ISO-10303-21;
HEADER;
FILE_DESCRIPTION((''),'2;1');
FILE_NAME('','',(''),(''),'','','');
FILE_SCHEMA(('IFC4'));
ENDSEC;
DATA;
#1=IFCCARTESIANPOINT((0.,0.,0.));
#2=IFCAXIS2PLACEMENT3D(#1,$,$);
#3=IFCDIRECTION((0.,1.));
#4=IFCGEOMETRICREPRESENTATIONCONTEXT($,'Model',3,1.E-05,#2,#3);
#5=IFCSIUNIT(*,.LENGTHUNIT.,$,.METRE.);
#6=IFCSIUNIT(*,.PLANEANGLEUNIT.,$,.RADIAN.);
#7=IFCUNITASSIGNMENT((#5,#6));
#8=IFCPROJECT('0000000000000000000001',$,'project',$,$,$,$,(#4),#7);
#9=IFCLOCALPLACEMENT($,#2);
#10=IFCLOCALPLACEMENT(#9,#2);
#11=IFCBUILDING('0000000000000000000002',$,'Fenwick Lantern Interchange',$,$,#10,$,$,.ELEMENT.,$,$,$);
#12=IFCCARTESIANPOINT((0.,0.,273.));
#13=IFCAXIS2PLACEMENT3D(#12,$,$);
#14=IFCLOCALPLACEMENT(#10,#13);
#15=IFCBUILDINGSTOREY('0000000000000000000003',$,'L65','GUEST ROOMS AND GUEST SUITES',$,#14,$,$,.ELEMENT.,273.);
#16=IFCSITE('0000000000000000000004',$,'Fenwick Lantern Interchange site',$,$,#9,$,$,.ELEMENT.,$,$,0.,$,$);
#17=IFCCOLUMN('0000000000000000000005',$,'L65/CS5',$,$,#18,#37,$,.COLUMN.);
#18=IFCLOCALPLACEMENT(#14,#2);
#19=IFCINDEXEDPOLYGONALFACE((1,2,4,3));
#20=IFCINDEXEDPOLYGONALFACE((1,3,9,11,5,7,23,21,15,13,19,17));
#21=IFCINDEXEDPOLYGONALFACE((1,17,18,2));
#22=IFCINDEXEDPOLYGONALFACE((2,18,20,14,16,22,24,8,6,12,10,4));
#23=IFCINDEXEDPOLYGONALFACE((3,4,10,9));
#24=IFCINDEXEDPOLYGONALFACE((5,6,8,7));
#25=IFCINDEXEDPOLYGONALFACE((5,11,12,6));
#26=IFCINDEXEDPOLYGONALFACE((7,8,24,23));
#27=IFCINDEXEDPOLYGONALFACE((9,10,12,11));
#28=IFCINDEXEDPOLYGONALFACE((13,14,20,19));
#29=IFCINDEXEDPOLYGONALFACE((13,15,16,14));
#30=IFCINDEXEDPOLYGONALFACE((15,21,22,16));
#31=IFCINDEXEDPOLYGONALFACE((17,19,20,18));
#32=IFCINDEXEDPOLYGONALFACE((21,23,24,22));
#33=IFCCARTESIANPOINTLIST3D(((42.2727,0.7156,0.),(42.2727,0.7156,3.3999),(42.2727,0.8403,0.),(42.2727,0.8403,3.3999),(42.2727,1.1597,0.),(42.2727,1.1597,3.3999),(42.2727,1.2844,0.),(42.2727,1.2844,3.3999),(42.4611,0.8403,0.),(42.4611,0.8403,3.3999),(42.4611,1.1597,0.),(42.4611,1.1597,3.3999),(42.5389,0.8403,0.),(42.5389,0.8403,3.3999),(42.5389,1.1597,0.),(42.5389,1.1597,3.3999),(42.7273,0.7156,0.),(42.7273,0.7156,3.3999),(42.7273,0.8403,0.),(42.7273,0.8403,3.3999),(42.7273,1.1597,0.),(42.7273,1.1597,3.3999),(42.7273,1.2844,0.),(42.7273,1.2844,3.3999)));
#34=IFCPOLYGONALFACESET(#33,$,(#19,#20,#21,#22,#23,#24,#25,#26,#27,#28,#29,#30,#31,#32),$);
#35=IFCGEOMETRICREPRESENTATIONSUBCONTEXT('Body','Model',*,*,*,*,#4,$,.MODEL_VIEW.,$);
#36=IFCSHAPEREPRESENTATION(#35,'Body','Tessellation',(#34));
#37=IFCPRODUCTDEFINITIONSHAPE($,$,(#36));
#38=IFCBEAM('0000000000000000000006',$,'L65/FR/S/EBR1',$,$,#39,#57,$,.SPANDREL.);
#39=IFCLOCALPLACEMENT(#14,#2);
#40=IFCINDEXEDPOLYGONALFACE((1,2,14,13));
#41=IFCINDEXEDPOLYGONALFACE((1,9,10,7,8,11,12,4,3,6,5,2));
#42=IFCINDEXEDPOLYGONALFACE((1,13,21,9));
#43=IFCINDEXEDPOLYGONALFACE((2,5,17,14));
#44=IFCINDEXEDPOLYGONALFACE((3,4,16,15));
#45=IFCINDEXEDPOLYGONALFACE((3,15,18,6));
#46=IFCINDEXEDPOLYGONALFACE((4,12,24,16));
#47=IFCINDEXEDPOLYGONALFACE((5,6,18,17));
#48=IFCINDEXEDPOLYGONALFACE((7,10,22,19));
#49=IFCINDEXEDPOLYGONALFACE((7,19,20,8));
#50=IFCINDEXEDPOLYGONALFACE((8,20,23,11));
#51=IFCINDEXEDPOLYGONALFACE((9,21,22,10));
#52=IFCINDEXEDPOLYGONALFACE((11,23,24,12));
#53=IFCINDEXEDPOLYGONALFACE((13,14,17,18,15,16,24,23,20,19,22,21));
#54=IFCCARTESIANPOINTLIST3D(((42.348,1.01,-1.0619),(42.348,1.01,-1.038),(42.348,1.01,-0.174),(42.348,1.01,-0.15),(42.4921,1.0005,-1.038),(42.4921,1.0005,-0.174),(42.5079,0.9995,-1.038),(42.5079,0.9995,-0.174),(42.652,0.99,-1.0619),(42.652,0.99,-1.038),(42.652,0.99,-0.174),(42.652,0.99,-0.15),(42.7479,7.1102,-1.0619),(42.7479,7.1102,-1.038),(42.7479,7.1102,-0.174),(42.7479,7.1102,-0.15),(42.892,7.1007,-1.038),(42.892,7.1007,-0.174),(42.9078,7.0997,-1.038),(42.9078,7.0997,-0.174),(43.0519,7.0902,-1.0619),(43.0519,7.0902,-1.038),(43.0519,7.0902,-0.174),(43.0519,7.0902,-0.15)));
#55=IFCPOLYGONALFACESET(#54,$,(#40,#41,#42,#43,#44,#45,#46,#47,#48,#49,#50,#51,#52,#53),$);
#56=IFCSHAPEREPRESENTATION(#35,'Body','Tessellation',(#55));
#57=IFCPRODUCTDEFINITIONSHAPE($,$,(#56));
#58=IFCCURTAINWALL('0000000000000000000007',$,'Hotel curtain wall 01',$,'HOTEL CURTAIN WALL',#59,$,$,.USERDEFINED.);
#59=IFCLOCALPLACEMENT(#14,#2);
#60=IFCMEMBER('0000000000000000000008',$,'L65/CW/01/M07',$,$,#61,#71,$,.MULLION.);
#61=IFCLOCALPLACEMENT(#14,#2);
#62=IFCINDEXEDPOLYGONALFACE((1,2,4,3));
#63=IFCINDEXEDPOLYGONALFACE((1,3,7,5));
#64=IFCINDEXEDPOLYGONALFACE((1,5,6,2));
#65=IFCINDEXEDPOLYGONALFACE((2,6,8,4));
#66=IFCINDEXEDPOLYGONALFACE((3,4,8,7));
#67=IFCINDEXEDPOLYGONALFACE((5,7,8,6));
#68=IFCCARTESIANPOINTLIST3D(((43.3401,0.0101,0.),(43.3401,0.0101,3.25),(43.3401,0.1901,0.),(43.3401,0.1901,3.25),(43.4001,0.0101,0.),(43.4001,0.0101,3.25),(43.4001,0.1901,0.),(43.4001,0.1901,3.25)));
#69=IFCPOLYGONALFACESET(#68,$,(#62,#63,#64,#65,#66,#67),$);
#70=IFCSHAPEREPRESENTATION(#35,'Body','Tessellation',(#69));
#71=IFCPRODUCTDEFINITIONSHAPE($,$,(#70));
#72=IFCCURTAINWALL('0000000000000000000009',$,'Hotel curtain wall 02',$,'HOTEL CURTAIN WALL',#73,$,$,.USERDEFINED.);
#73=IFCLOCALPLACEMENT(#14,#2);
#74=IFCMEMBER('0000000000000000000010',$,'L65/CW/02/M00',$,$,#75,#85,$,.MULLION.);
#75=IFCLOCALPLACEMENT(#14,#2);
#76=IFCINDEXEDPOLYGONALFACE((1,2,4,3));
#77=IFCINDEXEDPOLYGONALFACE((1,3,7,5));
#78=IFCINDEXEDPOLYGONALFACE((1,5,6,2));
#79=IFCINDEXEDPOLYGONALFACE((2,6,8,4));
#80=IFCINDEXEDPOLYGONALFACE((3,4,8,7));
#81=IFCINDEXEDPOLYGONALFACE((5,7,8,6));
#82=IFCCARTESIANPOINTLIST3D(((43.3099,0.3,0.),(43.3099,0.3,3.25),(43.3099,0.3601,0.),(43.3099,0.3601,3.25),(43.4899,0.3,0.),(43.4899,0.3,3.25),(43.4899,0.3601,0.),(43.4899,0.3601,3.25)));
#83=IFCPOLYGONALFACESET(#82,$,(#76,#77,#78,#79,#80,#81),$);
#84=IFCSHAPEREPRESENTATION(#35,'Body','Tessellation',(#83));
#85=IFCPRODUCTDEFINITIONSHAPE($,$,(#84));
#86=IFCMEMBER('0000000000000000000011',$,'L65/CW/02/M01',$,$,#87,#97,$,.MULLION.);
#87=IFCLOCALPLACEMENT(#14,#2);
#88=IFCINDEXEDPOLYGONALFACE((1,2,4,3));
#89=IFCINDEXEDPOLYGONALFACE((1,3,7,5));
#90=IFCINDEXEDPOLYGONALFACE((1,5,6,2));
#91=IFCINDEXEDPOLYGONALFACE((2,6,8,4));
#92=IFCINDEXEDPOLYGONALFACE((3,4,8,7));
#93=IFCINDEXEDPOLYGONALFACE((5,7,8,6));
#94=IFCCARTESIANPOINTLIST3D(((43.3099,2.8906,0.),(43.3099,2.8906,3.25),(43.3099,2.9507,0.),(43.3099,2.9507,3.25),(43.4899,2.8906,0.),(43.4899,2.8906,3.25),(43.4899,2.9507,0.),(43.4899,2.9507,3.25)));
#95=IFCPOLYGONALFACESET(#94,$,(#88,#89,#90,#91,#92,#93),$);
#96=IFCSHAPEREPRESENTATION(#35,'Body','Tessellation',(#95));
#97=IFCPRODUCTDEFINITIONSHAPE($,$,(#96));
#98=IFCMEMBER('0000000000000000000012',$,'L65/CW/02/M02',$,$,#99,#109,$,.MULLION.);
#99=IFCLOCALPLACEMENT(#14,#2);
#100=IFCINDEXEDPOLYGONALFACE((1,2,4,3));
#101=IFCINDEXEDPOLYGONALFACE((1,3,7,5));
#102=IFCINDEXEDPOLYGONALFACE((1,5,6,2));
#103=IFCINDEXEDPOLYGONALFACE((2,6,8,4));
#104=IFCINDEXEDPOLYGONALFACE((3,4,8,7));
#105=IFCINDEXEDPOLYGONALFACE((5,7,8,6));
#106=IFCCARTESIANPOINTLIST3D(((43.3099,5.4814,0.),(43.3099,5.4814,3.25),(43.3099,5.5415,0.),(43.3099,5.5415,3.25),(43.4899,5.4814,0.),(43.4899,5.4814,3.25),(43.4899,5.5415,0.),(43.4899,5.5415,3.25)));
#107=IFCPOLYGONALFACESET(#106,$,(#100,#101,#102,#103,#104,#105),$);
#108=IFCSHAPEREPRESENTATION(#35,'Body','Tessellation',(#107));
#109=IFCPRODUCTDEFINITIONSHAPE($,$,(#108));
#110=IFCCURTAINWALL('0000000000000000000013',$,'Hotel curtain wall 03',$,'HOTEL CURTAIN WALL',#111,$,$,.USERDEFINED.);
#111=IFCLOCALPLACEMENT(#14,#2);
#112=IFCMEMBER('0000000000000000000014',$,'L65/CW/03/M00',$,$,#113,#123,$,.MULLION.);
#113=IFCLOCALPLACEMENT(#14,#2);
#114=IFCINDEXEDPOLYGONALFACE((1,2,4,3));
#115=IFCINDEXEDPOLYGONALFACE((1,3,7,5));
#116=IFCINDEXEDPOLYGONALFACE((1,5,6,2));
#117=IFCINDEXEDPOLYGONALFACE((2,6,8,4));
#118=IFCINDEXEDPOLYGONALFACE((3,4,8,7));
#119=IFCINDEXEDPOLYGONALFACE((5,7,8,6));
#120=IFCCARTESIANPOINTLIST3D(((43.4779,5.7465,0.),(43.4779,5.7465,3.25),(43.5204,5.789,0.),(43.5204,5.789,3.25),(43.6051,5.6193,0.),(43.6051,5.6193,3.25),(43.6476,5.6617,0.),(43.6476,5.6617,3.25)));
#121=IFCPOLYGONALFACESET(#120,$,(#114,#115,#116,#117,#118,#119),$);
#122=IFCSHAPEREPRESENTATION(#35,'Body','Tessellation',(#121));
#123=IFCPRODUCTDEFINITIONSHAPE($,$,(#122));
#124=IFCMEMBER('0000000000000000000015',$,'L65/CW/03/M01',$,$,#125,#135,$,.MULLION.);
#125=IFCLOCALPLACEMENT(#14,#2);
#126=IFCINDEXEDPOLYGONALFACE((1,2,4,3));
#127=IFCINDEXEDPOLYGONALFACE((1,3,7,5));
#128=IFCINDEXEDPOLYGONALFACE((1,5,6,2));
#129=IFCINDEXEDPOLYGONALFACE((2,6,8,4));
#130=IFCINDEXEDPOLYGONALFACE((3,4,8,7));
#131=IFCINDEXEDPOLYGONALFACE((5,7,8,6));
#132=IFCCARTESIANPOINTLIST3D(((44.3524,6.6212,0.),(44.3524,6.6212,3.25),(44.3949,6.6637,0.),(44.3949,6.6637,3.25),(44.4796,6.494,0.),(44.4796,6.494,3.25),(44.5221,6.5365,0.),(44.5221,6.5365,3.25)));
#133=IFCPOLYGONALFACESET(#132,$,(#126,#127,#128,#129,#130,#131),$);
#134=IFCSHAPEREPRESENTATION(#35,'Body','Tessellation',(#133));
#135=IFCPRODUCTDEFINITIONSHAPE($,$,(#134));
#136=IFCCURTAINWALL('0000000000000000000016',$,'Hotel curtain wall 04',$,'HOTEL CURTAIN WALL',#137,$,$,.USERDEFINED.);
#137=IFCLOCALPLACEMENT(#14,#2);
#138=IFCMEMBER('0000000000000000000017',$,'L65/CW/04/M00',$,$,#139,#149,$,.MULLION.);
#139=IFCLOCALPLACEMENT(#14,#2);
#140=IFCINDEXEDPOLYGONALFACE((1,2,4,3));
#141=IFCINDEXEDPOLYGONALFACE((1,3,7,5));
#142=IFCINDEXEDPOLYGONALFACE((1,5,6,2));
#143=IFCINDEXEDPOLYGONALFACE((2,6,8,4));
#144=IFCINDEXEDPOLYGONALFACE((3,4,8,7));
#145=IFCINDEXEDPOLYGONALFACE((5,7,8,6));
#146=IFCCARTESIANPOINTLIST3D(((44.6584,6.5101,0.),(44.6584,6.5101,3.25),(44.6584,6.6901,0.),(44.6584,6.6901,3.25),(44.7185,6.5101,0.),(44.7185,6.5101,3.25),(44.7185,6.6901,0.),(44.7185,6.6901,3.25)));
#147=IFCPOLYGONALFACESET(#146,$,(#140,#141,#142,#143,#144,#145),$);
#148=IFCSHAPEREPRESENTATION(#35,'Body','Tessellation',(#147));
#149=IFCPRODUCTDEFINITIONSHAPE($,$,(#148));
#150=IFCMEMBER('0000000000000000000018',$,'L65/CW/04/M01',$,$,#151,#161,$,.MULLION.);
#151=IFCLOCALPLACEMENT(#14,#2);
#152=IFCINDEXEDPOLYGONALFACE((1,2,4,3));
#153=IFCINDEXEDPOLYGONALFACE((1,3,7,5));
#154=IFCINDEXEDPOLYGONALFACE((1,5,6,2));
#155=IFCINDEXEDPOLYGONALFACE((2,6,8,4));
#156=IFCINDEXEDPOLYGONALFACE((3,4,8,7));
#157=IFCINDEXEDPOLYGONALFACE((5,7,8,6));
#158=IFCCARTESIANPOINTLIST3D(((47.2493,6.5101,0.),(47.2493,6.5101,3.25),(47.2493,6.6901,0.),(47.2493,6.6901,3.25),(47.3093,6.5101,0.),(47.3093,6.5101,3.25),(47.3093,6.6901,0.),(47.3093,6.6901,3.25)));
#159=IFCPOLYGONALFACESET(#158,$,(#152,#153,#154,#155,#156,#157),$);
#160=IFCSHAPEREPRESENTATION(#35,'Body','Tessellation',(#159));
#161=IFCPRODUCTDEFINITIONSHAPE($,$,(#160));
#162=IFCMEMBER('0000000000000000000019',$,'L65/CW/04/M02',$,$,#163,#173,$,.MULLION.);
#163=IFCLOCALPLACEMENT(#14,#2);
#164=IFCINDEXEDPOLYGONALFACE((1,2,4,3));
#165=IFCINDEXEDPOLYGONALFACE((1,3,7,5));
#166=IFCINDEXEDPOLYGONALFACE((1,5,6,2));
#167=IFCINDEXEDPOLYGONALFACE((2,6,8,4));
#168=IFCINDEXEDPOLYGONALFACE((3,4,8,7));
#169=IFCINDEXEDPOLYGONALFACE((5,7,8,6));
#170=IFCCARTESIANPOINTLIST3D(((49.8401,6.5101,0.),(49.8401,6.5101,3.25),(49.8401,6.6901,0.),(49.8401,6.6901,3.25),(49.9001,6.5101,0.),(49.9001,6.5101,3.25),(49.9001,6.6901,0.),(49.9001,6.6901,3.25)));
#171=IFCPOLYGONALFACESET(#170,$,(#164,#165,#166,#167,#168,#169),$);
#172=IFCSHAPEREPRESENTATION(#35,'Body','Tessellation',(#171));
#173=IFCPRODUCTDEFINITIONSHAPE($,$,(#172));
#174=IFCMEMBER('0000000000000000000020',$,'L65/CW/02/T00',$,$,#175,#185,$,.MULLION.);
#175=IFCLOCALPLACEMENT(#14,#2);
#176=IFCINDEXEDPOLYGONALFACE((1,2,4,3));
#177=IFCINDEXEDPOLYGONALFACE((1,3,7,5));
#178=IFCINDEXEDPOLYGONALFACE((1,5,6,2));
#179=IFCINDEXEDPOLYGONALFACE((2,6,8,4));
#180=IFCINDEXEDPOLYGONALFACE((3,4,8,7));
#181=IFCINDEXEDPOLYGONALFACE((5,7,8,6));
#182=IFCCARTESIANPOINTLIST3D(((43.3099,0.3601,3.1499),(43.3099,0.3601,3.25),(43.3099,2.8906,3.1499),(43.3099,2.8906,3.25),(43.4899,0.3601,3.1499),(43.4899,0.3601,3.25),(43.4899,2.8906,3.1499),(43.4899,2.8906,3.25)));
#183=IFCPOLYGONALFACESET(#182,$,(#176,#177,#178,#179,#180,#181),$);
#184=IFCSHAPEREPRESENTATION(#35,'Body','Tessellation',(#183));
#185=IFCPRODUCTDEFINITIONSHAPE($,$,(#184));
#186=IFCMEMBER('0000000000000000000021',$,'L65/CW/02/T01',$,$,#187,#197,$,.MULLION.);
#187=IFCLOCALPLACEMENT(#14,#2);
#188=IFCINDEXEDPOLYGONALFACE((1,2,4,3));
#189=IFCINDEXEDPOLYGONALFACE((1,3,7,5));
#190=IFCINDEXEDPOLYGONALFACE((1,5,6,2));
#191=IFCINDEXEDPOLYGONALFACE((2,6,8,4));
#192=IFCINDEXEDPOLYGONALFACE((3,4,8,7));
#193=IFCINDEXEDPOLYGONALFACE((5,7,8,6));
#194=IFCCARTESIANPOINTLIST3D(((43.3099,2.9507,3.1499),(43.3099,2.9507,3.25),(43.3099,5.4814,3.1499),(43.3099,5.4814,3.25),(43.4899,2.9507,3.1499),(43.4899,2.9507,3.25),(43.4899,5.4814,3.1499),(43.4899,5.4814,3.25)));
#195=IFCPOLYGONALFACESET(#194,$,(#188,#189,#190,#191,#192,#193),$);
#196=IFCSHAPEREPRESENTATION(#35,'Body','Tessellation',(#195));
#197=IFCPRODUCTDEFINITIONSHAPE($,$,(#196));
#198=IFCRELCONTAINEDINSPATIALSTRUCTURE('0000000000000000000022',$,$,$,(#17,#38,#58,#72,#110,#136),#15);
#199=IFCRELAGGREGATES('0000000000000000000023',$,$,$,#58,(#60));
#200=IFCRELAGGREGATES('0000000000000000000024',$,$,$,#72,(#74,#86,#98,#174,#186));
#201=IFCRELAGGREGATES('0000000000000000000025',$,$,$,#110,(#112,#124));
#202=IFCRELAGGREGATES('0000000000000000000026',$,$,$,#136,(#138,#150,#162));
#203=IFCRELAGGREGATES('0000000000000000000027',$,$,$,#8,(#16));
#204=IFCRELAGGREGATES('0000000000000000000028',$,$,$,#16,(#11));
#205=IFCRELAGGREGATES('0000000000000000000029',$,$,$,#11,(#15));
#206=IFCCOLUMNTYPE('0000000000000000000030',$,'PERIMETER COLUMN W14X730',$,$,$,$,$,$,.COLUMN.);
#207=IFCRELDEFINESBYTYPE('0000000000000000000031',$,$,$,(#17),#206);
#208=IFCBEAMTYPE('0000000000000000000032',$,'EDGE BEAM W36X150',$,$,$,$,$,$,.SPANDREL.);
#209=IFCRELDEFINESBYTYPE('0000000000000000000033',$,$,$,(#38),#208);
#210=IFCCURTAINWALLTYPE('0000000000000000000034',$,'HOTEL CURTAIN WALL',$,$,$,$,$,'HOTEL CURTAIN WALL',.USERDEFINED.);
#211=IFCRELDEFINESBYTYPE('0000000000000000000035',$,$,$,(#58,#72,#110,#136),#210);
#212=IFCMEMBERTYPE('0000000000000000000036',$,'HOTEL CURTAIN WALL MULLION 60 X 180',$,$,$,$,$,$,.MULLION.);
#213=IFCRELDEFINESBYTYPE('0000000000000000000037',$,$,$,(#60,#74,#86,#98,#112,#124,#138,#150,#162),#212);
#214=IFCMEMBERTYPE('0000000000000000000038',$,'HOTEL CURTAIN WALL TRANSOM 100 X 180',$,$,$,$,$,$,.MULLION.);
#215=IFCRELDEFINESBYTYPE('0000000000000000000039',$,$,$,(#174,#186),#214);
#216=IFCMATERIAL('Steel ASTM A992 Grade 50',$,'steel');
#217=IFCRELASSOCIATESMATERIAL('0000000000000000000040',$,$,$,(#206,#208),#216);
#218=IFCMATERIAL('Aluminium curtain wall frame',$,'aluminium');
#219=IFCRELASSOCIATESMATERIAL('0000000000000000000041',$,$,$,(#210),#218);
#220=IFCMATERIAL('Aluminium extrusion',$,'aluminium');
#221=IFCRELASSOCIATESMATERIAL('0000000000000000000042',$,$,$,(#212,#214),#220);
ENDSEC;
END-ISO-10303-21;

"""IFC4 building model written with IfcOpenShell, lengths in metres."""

from ifc_helpers import new_model, si_unit, direction, frame, origin, origin_2d, place, context, subcontext, project, spatial, rectangle, i_section, extrude, material, material_profile, profile_set, type_object, element, aggregate, save


model = new_model("IFC4")

# Units and contexts
model_context = context("Model", 3, precision=1e-05, world=origin(), true_north=direction((0.0, 1.0)))
body_context = subcontext(model_context, "Body", "Model", "MODEL_VIEW")
ifc_project = project(units=[si_unit("LENGTHUNIT", "METRE"), si_unit("PLANEANGLEUNIT", "RADIAN")], contexts=[model_context])

# Site, building, storey
site_placement = place(None, origin())
site = spatial("IfcSite", under=ifc_project, at=site_placement, Name="Fenwick Lantern Interchange site", CompositionType="ELEMENT", RefElevation=0.0)
building_placement = place(site_placement, origin())
building = spatial("IfcBuilding", under=site, at=building_placement, Name="Fenwick Lantern Interchange", CompositionType="ELEMENT")
storey_placement = place(building_placement, frame((0.0, 0.0, 273.0)))
storey = spatial("IfcBuildingStorey", under=building, at=storey_placement, Name="L65", Description="GUEST ROOMS AND GUEST SUITES", CompositionType="ELEMENT", Elevation=273.0)

# Column
ifc_material_1 = material(Name="Steel ASTM A992 Grade 50", Category="steel")
ifc_material_profile_1 = material_profile(ifc_material_1, i_section(OverallWidth=0.4546, OverallDepth=0.5688, WebThickness=0.0779, FlangeThickness=0.1248, at=origin_2d()), Name="W14X730")
ifc_profile_set_1 = profile_set([ifc_material_profile_1], Name="Steel ASTM A992 Grade 50")
column_type = type_object("IfcColumnType", Name="PERIMETER COLUMN W14X730", PredefinedType="COLUMN", material=ifc_profile_set_1)
column_placement = place(storey_placement, frame((42.5, 1.0, 0.0), z_axis=(0.0, 0.0, 1.0), x_axis=(1.0, 0.0, 0.0)))
element("IfcColumn", 1, at=column_placement, inside=storey, type_object=column_type, Name="L65/CS5", PredefinedType="COLUMN", context=body_context, shape_type="SweptSolid", body=[
    extrude(i_section(OverallWidth=0.4546, OverallDepth=0.5688, WebThickness=0.0779, FlangeThickness=0.1248, at=origin_2d()), origin(), (0.0, 0.0, 1.0), 3.3999),
])

# Beam
ifc_material_profile_2 = material_profile(ifc_material_1, i_section(OverallWidth=0.3047, OverallDepth=0.9119, WebThickness=0.0159, FlangeThickness=0.0239, at=origin_2d()), Name="W36X150")
ifc_profile_set_2 = profile_set([ifc_material_profile_2], Name="Steel ASTM A992 Grade 50")
beam_type = type_object("IfcBeamType", Name="EDGE BEAM W36X150", PredefinedType="SPANDREL", material=ifc_profile_set_2)
beam_placement = place(storey_placement, frame((42.5, 1.0, -0.606), z_axis=(0.065416, 0.997858, 0.0), x_axis=(-0.997858, 0.065416, 0.0)))
element("IfcBeam", 2, at=beam_placement, inside=storey, type_object=beam_type, Name="L65/FR/S/EBR1", PredefinedType="SPANDREL", context=body_context, shape_type="SweptSolid", body=[
    extrude(i_section(OverallWidth=0.3047, OverallDepth=0.9119, WebThickness=0.0159, FlangeThickness=0.0239, at=origin_2d()), origin(), (0.0, 0.0, 1.0), 6.1133),
])

# Curtain wall, member
ifc_material_2 = material(Name="Aluminium curtain wall frame", Category="aluminium")
curtain_wall_type = type_object("IfcCurtainWallType", Name="HOTEL CURTAIN WALL", ElementType="HOTEL CURTAIN WALL", PredefinedType="USERDEFINED", material=ifc_material_2)
curtain_wall_1_placement = place(storey_placement, origin())
curtain_wall_1 = element("IfcCurtainWall", 3, at=curtain_wall_1_placement, inside=storey, type_object=curtain_wall_type, Name="Hotel curtain wall 01", ObjectType="HOTEL CURTAIN WALL", PredefinedType="USERDEFINED")
ifc_material_3 = material(Name="Aluminium extrusion", Category="aluminium")
ifc_material_profile_3 = material_profile(ifc_material_3, rectangle(XDim=0.1799, YDim=0.0601, at=origin_2d()), Name="HOTEL CURTAIN WALL MULLION 60 X 180")
ifc_profile_set_3 = profile_set([ifc_material_profile_3], Name="Aluminium extrusion")
member_type_1 = type_object("IfcMemberType", Name="HOTEL CURTAIN WALL MULLION 60 X 180", PredefinedType="MULLION", material=ifc_profile_set_3)
member_1_placement = place(storey_placement, frame((43.3701, 0.1001, 0.0), z_axis=(0.0, 0.0, 1.0), x_axis=(0.0, 1.0, 0.0)))
member_1 = element("IfcMember", 4, at=member_1_placement, type_object=member_type_1, Name="L65/CW/01/M07", PredefinedType="MULLION", context=body_context, shape_type="SweptSolid", body=[
    extrude(rectangle(XDim=0.1799, YDim=0.0601, at=origin_2d()), origin(), (0.0, 0.0, 1.0), 3.25),
])
aggregate(curtain_wall_1, [member_1])

# Curtain walls, members
curtain_wall_2_placement = place(storey_placement, origin())
curtain_wall_2 = element("IfcCurtainWall", 5, at=curtain_wall_2_placement, inside=storey, type_object=curtain_wall_type, Name="Hotel curtain wall 02", ObjectType="HOTEL CURTAIN WALL", PredefinedType="USERDEFINED")
member_2_placement = place(storey_placement, frame((43.3999, 0.3301, 0.0), z_axis=(0.0, 0.0, 1.0), x_axis=(-1.0, 0.0, 0.0)))
member_2 = element("IfcMember", 6, at=member_2_placement, type_object=member_type_1, Name="L65/CW/02/M00", PredefinedType="MULLION", context=body_context, shape_type="SweptSolid", body=[
    extrude(rectangle(XDim=0.1799, YDim=0.0601, at=origin_2d()), origin(), (0.0, 0.0, 1.0), 3.25),
])
member_3_placement = place(storey_placement, frame((43.3999, 2.9207, 0.0), z_axis=(0.0, 0.0, 1.0), x_axis=(-1.0, 0.0, 0.0)))
member_3 = element("IfcMember", 7, at=member_3_placement, type_object=member_type_1, Name="L65/CW/02/M01", PredefinedType="MULLION", context=body_context, shape_type="SweptSolid", body=[
    extrude(rectangle(XDim=0.1799, YDim=0.0601, at=origin_2d()), origin(), (0.0, 0.0, 1.0), 3.25),
])
member_4_placement = place(storey_placement, frame((43.3999, 5.5115, 0.0), z_axis=(0.0, 0.0, 1.0), x_axis=(-1.0, 0.0, 0.0)))
member_4 = element("IfcMember", 8, at=member_4_placement, type_object=member_type_1, Name="L65/CW/02/M02", PredefinedType="MULLION", context=body_context, shape_type="SweptSolid", body=[
    extrude(rectangle(XDim=0.1799, YDim=0.0601, at=origin_2d()), origin(), (0.0, 0.0, 1.0), 3.25),
])
curtain_wall_3_placement = place(storey_placement, origin())
curtain_wall_3 = element("IfcCurtainWall", 9, at=curtain_wall_3_placement, inside=storey, type_object=curtain_wall_type, Name="Hotel curtain wall 03", ObjectType="HOTEL CURTAIN WALL", PredefinedType="USERDEFINED")
member_5_placement = place(storey_placement, frame((43.5627, 5.7041, 0.0), z_axis=(0.0, 0.0, 1.0), x_axis=(-0.707107, 0.707107, 0.0)))
member_5 = element("IfcMember", 10, at=member_5_placement, type_object=member_type_1, Name="L65/CW/03/M00", PredefinedType="MULLION", context=body_context, shape_type="SweptSolid", body=[
    extrude(rectangle(XDim=0.1799, YDim=0.0601, at=origin_2d()), origin(), (0.0, 0.0, 1.0), 3.25),
])
member_6_placement = place(storey_placement, frame((44.4373, 6.5789, 0.0), z_axis=(0.0, 0.0, 1.0), x_axis=(-0.707107, 0.707107, 0.0)))
member_6 = element("IfcMember", 11, at=member_6_placement, type_object=member_type_1, Name="L65/CW/03/M01", PredefinedType="MULLION", context=body_context, shape_type="SweptSolid", body=[
    extrude(rectangle(XDim=0.1799, YDim=0.0601, at=origin_2d()), origin(), (0.0, 0.0, 1.0), 3.25),
])
curtain_wall_4_placement = place(storey_placement, origin())
curtain_wall_4 = element("IfcCurtainWall", 12, at=curtain_wall_4_placement, inside=storey, type_object=curtain_wall_type, Name="Hotel curtain wall 04", ObjectType="HOTEL CURTAIN WALL", PredefinedType="USERDEFINED")
member_7_placement = place(storey_placement, frame((44.6885, 6.6001, 0.0), z_axis=(0.0, 0.0, 1.0), x_axis=(0.0, 1.0, 0.0)))
member_7 = element("IfcMember", 13, at=member_7_placement, type_object=member_type_1, Name="L65/CW/04/M00", PredefinedType="MULLION", context=body_context, shape_type="SweptSolid", body=[
    extrude(rectangle(XDim=0.1799, YDim=0.0601, at=origin_2d()), origin(), (0.0, 0.0, 1.0), 3.25),
])
member_8_placement = place(storey_placement, frame((47.2793, 6.6001, 0.0), z_axis=(0.0, 0.0, 1.0), x_axis=(0.0, 1.0, 0.0)))
member_8 = element("IfcMember", 14, at=member_8_placement, type_object=member_type_1, Name="L65/CW/04/M01", PredefinedType="MULLION", context=body_context, shape_type="SweptSolid", body=[
    extrude(rectangle(XDim=0.1799, YDim=0.0601, at=origin_2d()), origin(), (0.0, 0.0, 1.0), 3.25),
])
member_9_placement = place(storey_placement, frame((49.8701, 6.6001, 0.0), z_axis=(0.0, 0.0, 1.0), x_axis=(0.0, 1.0, 0.0)))
member_9 = element("IfcMember", 15, at=member_9_placement, type_object=member_type_1, Name="L65/CW/04/M02", PredefinedType="MULLION", context=body_context, shape_type="SweptSolid", body=[
    extrude(rectangle(XDim=0.1799, YDim=0.0601, at=origin_2d()), origin(), (0.0, 0.0, 1.0), 3.25),
])

# Members
ifc_material_profile_4 = material_profile(ifc_material_3, rectangle(XDim=0.1799, YDim=0.1001, at=origin_2d()), Name="HOTEL CURTAIN WALL TRANSOM 100 X 180")
ifc_profile_set_4 = profile_set([ifc_material_profile_4], Name="Aluminium extrusion")
member_type_2 = type_object("IfcMemberType", Name="HOTEL CURTAIN WALL TRANSOM 100 X 180", PredefinedType="MULLION", material=ifc_profile_set_4)
member_10_placement = place(storey_placement, frame((43.3999, 0.3601, 3.2), z_axis=(0.0, 1.0, 0.0), x_axis=(-1.0, 0.0, 0.0)))
member_10 = element("IfcMember", 16, at=member_10_placement, type_object=member_type_2, Name="L65/CW/02/T00", PredefinedType="MULLION", context=body_context, shape_type="SweptSolid", body=[
    extrude(rectangle(XDim=0.1799, YDim=0.1001, at=origin_2d()), origin(), (0.0, 0.0, 1.0), 2.5305),
])
member_11_placement = place(storey_placement, frame((43.3999, 2.9507, 3.2), z_axis=(0.0, 1.0, 0.0), x_axis=(-1.0, 0.0, 0.0)))
member_11 = element("IfcMember", 17, at=member_11_placement, type_object=member_type_2, Name="L65/CW/02/T01", PredefinedType="MULLION", context=body_context, shape_type="SweptSolid", body=[
    extrude(rectangle(XDim=0.1799, YDim=0.1001, at=origin_2d()), origin(), (0.0, 0.0, 1.0), 2.5308),
])

aggregate(curtain_wall_2, [member_2, member_3, member_4, member_10, member_11])
aggregate(curtain_wall_3, [member_5, member_6])
aggregate(curtain_wall_4, [member_7, member_8, member_9])

save(model, "model.ifc")
